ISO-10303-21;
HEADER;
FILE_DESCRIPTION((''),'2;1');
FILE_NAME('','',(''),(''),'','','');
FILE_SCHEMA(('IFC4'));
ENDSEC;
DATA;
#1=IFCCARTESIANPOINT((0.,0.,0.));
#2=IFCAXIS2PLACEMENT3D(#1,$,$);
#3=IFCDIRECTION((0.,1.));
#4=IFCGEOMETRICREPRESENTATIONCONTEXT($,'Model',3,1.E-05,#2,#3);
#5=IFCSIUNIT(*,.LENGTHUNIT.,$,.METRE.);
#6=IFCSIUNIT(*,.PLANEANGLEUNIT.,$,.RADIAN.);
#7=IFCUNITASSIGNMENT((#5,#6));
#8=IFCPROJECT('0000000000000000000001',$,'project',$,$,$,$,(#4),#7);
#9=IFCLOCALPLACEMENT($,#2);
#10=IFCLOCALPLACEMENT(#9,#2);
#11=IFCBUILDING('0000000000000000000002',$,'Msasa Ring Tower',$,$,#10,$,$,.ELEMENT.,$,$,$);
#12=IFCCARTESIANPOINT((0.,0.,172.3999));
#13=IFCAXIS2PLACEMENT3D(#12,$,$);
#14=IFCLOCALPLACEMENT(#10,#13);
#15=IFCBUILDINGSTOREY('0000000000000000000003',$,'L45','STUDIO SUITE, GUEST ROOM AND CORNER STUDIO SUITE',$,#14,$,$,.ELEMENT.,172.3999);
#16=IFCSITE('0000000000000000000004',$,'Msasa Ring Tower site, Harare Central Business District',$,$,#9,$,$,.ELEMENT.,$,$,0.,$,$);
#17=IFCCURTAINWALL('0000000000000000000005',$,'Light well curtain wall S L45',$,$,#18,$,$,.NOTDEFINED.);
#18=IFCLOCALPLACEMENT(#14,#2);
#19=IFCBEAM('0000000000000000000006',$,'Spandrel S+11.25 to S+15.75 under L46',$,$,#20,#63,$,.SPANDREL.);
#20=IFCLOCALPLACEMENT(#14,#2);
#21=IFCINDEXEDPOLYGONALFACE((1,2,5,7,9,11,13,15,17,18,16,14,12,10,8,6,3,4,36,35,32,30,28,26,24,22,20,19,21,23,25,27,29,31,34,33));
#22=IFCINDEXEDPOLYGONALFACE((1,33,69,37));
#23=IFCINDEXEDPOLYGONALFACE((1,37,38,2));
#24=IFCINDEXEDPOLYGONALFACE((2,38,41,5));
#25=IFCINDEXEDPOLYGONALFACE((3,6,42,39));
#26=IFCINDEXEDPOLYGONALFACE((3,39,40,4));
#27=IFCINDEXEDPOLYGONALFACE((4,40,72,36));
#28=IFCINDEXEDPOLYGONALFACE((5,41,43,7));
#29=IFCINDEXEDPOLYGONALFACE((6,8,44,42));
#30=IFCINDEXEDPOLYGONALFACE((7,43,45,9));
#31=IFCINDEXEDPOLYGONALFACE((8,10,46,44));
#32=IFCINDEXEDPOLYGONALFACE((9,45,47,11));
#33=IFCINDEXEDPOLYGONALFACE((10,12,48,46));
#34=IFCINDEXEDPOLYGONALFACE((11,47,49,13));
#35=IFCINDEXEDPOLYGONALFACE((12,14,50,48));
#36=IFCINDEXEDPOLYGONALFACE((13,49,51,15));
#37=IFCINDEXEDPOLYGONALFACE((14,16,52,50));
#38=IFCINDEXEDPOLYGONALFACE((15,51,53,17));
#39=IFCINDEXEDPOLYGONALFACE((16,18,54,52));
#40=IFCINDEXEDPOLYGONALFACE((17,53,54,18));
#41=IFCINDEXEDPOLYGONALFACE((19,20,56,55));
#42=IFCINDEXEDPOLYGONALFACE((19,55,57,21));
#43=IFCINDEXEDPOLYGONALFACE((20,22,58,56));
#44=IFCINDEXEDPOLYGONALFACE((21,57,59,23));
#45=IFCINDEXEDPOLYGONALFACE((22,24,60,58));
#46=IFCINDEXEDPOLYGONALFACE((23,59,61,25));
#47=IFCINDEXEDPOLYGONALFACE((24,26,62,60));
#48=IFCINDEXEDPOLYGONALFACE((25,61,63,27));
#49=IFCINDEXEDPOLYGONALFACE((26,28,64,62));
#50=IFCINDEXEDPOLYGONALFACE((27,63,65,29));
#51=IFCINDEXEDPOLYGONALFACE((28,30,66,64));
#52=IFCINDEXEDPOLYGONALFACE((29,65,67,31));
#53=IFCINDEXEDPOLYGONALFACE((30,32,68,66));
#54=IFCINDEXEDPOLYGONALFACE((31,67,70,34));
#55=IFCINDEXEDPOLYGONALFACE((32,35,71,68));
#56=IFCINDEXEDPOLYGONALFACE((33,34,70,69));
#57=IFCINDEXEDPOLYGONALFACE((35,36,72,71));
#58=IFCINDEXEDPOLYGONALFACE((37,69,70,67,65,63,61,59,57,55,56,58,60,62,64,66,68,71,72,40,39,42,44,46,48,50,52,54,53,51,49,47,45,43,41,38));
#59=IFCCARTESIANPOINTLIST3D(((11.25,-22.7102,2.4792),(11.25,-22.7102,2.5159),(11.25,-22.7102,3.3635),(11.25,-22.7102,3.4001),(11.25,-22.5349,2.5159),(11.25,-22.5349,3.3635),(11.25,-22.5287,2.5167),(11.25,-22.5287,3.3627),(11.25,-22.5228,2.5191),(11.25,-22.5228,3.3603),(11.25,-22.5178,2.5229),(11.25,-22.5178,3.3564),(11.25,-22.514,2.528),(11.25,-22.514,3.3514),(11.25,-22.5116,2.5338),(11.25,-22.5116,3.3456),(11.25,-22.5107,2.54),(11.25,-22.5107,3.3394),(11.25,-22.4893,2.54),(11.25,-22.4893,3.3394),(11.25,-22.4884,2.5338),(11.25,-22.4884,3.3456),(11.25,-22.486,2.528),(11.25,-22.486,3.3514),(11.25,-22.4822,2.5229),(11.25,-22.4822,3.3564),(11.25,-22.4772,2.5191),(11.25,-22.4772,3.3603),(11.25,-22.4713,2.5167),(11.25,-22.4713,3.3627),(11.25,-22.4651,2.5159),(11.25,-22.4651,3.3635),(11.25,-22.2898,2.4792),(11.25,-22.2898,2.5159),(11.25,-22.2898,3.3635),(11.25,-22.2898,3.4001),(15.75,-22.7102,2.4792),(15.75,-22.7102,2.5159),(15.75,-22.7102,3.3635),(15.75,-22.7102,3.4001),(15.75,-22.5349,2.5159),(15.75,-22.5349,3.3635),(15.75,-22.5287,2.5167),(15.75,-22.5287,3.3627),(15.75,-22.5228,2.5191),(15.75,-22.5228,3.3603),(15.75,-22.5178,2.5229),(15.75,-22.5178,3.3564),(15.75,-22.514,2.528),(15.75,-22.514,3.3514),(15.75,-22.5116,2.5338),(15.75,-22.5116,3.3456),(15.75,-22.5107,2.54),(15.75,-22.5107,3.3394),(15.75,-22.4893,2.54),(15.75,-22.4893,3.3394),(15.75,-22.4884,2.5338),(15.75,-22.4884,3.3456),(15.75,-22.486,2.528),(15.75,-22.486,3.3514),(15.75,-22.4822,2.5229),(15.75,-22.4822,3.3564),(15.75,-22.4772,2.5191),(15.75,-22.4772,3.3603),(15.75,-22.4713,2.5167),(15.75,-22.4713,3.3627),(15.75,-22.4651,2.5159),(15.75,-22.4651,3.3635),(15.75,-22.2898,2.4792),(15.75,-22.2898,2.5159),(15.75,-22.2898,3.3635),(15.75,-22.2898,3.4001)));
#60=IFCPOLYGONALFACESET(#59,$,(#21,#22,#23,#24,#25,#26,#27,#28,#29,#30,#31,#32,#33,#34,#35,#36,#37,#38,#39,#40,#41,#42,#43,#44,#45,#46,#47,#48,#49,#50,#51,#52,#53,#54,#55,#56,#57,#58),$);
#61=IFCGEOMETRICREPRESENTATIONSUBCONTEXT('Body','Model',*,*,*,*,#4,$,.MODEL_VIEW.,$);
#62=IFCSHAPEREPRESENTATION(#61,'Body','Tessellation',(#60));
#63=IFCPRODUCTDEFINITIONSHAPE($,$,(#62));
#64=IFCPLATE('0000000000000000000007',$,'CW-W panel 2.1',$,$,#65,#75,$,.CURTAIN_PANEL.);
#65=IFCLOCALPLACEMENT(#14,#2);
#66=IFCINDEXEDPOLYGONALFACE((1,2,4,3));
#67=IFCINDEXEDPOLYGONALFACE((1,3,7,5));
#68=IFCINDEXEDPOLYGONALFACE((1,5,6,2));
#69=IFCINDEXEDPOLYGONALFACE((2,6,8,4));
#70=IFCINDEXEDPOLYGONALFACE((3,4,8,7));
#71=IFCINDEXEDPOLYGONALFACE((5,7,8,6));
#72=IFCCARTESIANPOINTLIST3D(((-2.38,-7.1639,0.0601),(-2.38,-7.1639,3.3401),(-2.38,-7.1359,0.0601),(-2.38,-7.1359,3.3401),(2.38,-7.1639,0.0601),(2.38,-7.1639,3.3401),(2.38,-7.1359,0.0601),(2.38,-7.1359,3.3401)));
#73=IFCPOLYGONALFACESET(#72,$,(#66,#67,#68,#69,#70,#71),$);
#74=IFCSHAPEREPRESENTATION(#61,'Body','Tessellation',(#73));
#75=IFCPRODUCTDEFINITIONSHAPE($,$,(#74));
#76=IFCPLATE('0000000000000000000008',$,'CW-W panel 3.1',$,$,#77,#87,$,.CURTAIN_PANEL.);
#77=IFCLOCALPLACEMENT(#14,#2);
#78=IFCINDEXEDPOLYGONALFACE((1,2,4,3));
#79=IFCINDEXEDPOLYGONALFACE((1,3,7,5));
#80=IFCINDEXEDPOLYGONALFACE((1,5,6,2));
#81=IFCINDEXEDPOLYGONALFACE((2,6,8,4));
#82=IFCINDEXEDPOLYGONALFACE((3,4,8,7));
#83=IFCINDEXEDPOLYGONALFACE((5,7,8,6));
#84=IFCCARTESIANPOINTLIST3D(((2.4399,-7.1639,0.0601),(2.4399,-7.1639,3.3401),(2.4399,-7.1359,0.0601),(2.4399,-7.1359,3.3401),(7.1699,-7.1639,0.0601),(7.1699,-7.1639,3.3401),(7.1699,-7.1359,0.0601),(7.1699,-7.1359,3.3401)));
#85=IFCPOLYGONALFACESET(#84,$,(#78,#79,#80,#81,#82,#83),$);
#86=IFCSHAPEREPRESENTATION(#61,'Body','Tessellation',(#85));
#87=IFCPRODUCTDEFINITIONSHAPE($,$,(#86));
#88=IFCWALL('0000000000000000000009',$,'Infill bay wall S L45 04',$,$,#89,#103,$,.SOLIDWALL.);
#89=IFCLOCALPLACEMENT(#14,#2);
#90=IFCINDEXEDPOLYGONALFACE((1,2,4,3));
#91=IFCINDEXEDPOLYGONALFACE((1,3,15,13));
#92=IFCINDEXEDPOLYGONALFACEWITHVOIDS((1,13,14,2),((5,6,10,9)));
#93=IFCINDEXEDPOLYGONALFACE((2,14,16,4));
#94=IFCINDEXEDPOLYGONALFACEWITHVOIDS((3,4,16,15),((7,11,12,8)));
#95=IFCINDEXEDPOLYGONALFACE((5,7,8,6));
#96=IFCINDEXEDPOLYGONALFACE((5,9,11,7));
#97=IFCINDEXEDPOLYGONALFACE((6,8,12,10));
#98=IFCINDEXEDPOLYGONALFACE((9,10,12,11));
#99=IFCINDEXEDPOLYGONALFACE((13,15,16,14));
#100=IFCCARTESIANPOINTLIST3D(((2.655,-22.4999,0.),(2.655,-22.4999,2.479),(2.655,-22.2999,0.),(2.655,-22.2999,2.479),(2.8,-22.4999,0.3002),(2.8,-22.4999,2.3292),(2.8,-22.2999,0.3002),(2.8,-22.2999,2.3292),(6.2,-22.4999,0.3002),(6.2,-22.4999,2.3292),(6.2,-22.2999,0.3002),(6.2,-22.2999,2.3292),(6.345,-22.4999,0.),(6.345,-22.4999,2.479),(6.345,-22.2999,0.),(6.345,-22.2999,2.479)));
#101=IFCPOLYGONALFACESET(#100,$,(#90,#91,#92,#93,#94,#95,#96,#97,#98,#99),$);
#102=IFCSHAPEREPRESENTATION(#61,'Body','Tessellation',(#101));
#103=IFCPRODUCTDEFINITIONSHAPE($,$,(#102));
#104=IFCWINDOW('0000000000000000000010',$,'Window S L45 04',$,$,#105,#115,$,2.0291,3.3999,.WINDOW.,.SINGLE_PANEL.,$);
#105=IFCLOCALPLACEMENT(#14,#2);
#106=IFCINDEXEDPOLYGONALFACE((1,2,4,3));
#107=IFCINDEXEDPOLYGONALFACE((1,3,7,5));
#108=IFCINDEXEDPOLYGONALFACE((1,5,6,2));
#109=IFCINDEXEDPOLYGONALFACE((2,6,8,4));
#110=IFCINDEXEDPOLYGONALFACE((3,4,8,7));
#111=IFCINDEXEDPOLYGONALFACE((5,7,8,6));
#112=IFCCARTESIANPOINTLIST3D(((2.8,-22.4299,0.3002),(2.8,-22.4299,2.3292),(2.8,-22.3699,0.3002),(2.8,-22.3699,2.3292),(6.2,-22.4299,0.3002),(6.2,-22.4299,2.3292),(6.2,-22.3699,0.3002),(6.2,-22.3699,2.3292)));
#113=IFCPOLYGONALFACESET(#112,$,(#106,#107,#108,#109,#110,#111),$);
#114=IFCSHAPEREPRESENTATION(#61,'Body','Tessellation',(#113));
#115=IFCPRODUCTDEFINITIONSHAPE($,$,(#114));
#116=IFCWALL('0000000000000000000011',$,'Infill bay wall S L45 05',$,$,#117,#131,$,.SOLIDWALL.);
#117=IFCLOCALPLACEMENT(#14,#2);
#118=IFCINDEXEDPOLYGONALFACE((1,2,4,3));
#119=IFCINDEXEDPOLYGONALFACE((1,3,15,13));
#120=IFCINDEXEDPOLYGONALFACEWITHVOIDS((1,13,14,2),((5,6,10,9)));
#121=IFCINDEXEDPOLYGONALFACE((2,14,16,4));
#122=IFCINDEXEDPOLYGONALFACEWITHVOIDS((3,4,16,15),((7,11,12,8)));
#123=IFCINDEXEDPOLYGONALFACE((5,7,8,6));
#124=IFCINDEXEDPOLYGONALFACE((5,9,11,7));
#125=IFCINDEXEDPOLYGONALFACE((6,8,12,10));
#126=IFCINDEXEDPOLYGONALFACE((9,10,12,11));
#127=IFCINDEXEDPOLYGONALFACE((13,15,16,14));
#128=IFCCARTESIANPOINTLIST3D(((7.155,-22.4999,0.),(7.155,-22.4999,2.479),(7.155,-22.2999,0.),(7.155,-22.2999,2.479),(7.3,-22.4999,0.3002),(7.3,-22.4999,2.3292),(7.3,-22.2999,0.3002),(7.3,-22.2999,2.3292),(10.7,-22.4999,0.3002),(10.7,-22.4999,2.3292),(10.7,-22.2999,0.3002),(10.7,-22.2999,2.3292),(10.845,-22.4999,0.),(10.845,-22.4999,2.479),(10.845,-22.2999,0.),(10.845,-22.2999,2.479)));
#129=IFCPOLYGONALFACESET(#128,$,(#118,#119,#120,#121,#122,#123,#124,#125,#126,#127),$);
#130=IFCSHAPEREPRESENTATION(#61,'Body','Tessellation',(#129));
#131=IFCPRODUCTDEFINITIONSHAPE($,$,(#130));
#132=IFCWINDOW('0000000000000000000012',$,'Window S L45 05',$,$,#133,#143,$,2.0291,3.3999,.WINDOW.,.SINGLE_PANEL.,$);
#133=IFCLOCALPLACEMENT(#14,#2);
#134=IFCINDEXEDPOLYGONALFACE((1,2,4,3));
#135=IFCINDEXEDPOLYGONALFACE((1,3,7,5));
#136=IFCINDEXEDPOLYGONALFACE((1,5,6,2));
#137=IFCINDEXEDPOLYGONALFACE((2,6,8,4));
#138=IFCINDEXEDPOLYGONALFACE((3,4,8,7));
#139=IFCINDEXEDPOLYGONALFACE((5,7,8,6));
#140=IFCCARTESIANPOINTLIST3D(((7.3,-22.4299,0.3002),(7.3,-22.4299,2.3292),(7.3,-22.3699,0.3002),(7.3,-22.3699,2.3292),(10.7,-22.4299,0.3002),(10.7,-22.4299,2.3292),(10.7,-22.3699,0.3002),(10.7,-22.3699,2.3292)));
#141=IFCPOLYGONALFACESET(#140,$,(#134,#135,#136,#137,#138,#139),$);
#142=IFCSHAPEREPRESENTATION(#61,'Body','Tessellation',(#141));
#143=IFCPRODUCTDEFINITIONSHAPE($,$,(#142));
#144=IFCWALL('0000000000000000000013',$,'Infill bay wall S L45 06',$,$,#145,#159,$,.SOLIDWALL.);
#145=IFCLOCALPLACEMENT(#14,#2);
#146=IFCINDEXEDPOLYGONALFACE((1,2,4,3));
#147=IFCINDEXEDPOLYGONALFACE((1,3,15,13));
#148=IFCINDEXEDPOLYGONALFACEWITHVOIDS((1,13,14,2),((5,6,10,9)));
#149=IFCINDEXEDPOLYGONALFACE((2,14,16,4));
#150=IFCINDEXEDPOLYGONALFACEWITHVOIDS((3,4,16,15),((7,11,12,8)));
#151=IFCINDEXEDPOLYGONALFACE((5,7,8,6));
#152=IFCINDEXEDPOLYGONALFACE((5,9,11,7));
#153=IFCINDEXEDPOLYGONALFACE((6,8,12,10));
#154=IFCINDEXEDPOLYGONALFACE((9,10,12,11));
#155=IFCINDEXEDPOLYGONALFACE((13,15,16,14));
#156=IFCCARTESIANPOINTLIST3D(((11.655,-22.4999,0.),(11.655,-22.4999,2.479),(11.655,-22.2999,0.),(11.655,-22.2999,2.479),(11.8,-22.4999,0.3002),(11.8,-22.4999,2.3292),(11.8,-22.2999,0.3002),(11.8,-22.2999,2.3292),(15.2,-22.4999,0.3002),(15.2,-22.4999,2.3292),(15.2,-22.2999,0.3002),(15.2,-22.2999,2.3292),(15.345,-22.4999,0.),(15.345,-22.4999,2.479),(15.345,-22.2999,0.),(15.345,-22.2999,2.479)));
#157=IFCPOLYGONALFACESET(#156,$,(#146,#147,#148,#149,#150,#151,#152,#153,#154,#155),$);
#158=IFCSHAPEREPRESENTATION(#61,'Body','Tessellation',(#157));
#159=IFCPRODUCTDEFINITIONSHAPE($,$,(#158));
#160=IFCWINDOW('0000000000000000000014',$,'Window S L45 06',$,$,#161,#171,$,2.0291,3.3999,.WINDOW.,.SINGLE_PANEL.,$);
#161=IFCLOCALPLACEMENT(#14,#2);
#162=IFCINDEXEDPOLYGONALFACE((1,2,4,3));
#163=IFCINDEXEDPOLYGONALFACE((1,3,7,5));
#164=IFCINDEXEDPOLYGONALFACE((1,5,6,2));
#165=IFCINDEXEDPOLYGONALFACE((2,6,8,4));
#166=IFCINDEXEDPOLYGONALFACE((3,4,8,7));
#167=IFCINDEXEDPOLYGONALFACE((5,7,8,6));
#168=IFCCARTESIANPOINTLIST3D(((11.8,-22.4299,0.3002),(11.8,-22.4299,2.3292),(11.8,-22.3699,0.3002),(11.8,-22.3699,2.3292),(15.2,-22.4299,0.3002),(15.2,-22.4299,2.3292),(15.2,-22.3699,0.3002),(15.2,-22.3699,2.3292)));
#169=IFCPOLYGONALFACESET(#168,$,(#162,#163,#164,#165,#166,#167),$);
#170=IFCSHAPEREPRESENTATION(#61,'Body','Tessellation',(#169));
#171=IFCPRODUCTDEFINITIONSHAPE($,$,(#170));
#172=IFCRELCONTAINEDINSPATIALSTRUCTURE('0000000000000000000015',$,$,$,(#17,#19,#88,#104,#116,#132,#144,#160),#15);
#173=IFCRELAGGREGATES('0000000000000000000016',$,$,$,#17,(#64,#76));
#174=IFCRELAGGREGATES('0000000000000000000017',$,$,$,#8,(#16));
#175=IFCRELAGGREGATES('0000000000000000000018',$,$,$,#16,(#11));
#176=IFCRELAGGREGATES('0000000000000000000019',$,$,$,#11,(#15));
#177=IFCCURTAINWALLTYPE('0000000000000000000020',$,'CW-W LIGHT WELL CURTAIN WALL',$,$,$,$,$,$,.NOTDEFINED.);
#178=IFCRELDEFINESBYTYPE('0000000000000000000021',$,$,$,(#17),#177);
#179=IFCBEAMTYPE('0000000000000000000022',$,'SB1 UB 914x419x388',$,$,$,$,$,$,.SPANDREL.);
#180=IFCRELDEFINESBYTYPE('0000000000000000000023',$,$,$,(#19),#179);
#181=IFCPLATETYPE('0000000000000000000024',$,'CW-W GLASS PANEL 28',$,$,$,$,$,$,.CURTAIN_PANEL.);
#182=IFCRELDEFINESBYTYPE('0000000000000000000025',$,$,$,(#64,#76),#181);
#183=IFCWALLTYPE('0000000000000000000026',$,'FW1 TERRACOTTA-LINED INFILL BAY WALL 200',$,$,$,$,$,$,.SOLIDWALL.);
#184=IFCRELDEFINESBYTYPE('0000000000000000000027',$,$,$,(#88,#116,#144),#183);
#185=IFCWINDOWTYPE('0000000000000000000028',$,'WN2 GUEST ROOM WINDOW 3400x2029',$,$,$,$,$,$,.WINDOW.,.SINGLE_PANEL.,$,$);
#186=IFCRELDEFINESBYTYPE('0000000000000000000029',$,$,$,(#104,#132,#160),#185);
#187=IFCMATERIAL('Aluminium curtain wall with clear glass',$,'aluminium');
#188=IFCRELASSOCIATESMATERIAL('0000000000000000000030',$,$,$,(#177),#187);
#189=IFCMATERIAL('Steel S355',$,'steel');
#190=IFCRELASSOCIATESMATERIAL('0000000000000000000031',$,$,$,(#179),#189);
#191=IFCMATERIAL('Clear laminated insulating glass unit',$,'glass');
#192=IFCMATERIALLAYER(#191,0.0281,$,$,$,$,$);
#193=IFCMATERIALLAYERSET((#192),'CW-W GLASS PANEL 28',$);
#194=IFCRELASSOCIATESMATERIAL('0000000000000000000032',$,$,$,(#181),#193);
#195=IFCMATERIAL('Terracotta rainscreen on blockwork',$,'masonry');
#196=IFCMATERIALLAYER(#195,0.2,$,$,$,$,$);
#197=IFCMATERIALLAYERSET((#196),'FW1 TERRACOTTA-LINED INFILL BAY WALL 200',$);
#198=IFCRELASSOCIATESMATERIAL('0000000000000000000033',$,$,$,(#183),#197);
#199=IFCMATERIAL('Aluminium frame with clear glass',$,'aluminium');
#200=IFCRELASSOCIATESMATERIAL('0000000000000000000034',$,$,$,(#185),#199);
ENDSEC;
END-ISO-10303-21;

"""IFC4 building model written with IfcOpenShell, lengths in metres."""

from ifc_helpers import new_model, si_unit, direction, frame, frame_2d, origin, origin_2d, place, context, subcontext, project, spatial, rectangle, i_section, extrude, material, layer, layer_set, material_profile, profile_set, type_object, element, fill, aggregate, save


model = new_model("IFC4")

# Units and contexts
model_context = context("Model", 3, precision=1e-05, world=origin(), true_north=direction((0.0, 1.0)))
body_context = subcontext(model_context, "Body", "Model", "MODEL_VIEW")
ifc_project = project(units=[si_unit("LENGTHUNIT", "METRE"), si_unit("PLANEANGLEUNIT", "RADIAN")], contexts=[model_context])

# Site, building, storey
site_placement = place(None, origin())
site = spatial("IfcSite", under=ifc_project, at=site_placement, Name="Msasa Ring Tower site, Harare Central Business District", CompositionType="ELEMENT", RefElevation=0.0)
building_placement = place(site_placement, origin())
building = spatial("IfcBuilding", under=site, at=building_placement, Name="Msasa Ring Tower", CompositionType="ELEMENT")
storey_placement = place(building_placement, frame((0.0, 0.0, 172.3999)))
storey = spatial("IfcBuildingStorey", under=building, at=storey_placement, Name="L45", Description="STUDIO SUITE, GUEST ROOM AND CORNER STUDIO SUITE", CompositionType="ELEMENT", Elevation=172.3999)

# Curtain wall
ifc_material_1 = material(Name="Aluminium curtain wall with clear glass", Category="aluminium")
curtain_wall_type = type_object("IfcCurtainWallType", Name="CW-W LIGHT WELL CURTAIN WALL", PredefinedType="NOTDEFINED", material=ifc_material_1)
curtain_wall_1_placement = place(storey_placement, origin())
curtain_wall_1 = element("IfcCurtainWall", 1, at=curtain_wall_1_placement, inside=storey, type_object=curtain_wall_type, Name="Light well curtain wall S L45", PredefinedType="NOTDEFINED")

# Beam
ifc_material_2 = material(Name="Steel S355", Category="steel")
ifc_material_profile_1 = material_profile(ifc_material_2, i_section(OverallWidth=0.4204, OverallDepth=0.9209, WebThickness=0.0215, FlangeThickness=0.0366, FilletRadius=0.0242, at=origin_2d()), Name="UB 914x419x388")
ifc_profile_set_1 = profile_set([ifc_material_profile_1], Name="Steel S355")
beam_type_1 = type_object("IfcBeamType", Name="SB1 UB 914x419x388", PredefinedType="SPANDREL", material=ifc_profile_set_1)
for number, where, z_axis, x_axis, name in (
    (2, (11.25, -22.5, 2.9397), (1.0, 0.0, 0.0), (0.0, 1.0, 0.0), "Spandrel S+11.25 to S+15.75 under L46"),
):
    element("IfcBeam", number, at=place(storey_placement, frame(where, z_axis=z_axis, x_axis=x_axis)), inside=storey, type_object=beam_type_1, Name=name, PredefinedType="SPANDREL", context=body_context, shape_type="SweptSolid", body=[
        extrude(i_section(OverallWidth=0.4204, OverallDepth=0.9209, WebThickness=0.0215, FlangeThickness=0.0366, FilletRadius=0.0242, at=origin_2d()), origin(), (0.0, 0.0, 1.0), 4.5),
    ])

# Plates
ifc_material_3 = material(Name="Clear laminated insulating glass unit", Category="glass")
ifc_layer_1 = layer(ifc_material_3, 0.0281)
ifc_layer_set_1 = layer_set([ifc_layer_1], Name="CW-W GLASS PANEL 28")
plate_type = type_object("IfcPlateType", Name="CW-W GLASS PANEL 28", PredefinedType="CURTAIN_PANEL", material=ifc_layer_set_1)
plate_1_placement = place(storey_placement, frame((0.0, -7.1499, 0.0601), z_axis=(0.0, 0.0, 1.0), x_axis=(1.0, 0.0, 0.0)))
plate_1 = element("IfcPlate", 3, at=plate_1_placement, type_object=plate_type, Name="CW-W panel 2.1", PredefinedType="CURTAIN_PANEL", context=body_context, shape_type="SweptSolid", body=[
    extrude(rectangle(XDim=4.76, YDim=0.0281, at=origin_2d()), origin(), (0.0, 0.0, 1.0), 3.28),
])
plate_2_placement = place(storey_placement, frame((4.8049, -7.1499, 0.0601), z_axis=(0.0, 0.0, 1.0), x_axis=(1.0, 0.0, 0.0)))
plate_2 = element("IfcPlate", 4, at=plate_2_placement, type_object=plate_type, Name="CW-W panel 3.1", PredefinedType="CURTAIN_PANEL", context=body_context, shape_type="SweptSolid", body=[
    extrude(rectangle(XDim=4.73, YDim=0.0281, at=origin_2d()), origin(), (0.0, 0.0, 1.0), 3.28),
])
aggregate(curtain_wall_1, [plate_1, plate_2])

# Walls, openings, windows
ifc_material_4 = material(Name="Terracotta rainscreen on blockwork", Category="masonry")
ifc_layer_2 = layer(ifc_material_4, 0.2)
ifc_layer_set_2 = layer_set([ifc_layer_2], Name="FW1 TERRACOTTA-LINED INFILL BAY WALL 200")
wall_type_1 = type_object("IfcWallType", Name="FW1 TERRACOTTA-LINED INFILL BAY WALL 200", PredefinedType="SOLIDWALL", material=ifc_layer_set_2)
wall_1_placement = place(storey_placement, frame((2.655, -22.3999, 0.0), z_axis=(0.0, 0.0, 1.0), x_axis=(1.0, 0.0, 0.0)))
wall_1 = element("IfcWall", 5, at=wall_1_placement, inside=storey, type_object=wall_type_1, Name="Infill bay wall S L45 04", PredefinedType="SOLIDWALL", context=body_context, shape_type="SweptSolid", body=[
    extrude(rectangle(XDim=3.6899, YDim=0.2, at=frame_2d((1.845, 0.0))), origin(), (0.0, 0.0, 1.0), 2.479),
])
opening_1_placement = place(wall_1_placement, frame((0.145, 0.0, 0.3)))
opening_1 = element("IfcOpeningElement", 6, at=opening_1_placement, cuts=wall_1, PredefinedType="OPENING", context=body_context, shape_type="SweptSolid", body=[
    extrude(rectangle(XDim=3.3999, YDim=2.0291, at=frame_2d((1.7, 1.0146))), frame((0.0, 0.1099, 0.0), z_axis=(0.0, -1.0, 0.0), x_axis=(1.0, 0.0, 0.0)), (0.0, 0.0, 1.0), 0.22),
])
ifc_material_5 = material(Name="Aluminium frame with clear glass", Category="aluminium")
window_type = type_object("IfcWindowType", Name="WN2 GUEST ROOM WINDOW 3400x2029", PartitioningType="SINGLE_PANEL", PredefinedType="WINDOW", material=ifc_material_5)
window_1_placement = place(opening_1_placement, origin())
window_1 = element("IfcWindow", 7, at=window_1_placement, inside=storey, type_object=window_type, Name="Window S L45 04", OverallHeight=2.0291, OverallWidth=3.3999, PartitioningType="SINGLE_PANEL", PredefinedType="WINDOW", context=body_context, shape_type="SweptSolid", body=[
    extrude(rectangle(XDim=3.3999, YDim=2.0291, at=frame_2d((1.7, 1.0146))), frame((0.0, 0.03, 0.0), z_axis=(0.0, -1.0, 0.0), x_axis=(1.0, 0.0, 0.0)), (0.0, 0.0, 1.0), 0.0601),
])
fill(opening_1, window_1)
wall_2_placement = place(storey_placement, frame((7.155, -22.3999, 0.0), z_axis=(0.0, 0.0, 1.0), x_axis=(1.0, 0.0, 0.0)))
wall_2 = element("IfcWall", 8, at=wall_2_placement, inside=storey, type_object=wall_type_1, Name="Infill bay wall S L45 05", PredefinedType="SOLIDWALL", context=body_context, shape_type="SweptSolid", body=[
    extrude(rectangle(XDim=3.6899, YDim=0.2, at=frame_2d((1.845, 0.0))), origin(), (0.0, 0.0, 1.0), 2.479),
])
opening_2_placement = place(wall_2_placement, frame((0.145, 0.0, 0.3)))
opening_2 = element("IfcOpeningElement", 9, at=opening_2_placement, cuts=wall_2, PredefinedType="OPENING", context=body_context, shape_type="SweptSolid", body=[
    extrude(rectangle(XDim=3.3999, YDim=2.0291, at=frame_2d((1.7, 1.0146))), frame((0.0, 0.1099, 0.0), z_axis=(0.0, -1.0, 0.0), x_axis=(1.0, 0.0, 0.0)), (0.0, 0.0, 1.0), 0.22),
])
window_2_placement = place(opening_2_placement, origin())
window_2 = element("IfcWindow", 10, at=window_2_placement, inside=storey, type_object=window_type, Name="Window S L45 05", OverallHeight=2.0291, OverallWidth=3.3999, PartitioningType="SINGLE_PANEL", PredefinedType="WINDOW", context=body_context, shape_type="SweptSolid", body=[
    extrude(rectangle(XDim=3.3999, YDim=2.0291, at=frame_2d((1.7, 1.0146))), frame((0.0, 0.03, 0.0), z_axis=(0.0, -1.0, 0.0), x_axis=(1.0, 0.0, 0.0)), (0.0, 0.0, 1.0), 0.0601),
])
fill(opening_2, window_2)
wall_3_placement = place(storey_placement, frame((11.655, -22.3999, 0.0), z_axis=(0.0, 0.0, 1.0), x_axis=(1.0, 0.0, 0.0)))
wall_3 = element("IfcWall", 11, at=wall_3_placement, inside=storey, type_object=wall_type_1, Name="Infill bay wall S L45 06", PredefinedType="SOLIDWALL", context=body_context, shape_type="SweptSolid", body=[
    extrude(rectangle(XDim=3.6899, YDim=0.2, at=frame_2d((1.845, 0.0))), origin(), (0.0, 0.0, 1.0), 2.479),
])
opening_3_placement = place(wall_3_placement, frame((0.145, 0.0, 0.3)))
opening_3 = element("IfcOpeningElement", 12, at=opening_3_placement, cuts=wall_3, PredefinedType="OPENING", context=body_context, shape_type="SweptSolid", body=[
    extrude(rectangle(XDim=3.3999, YDim=2.0291, at=frame_2d((1.7, 1.0146))), frame((0.0, 0.1099, 0.0), z_axis=(0.0, -1.0, 0.0), x_axis=(1.0, 0.0, 0.0)), (0.0, 0.0, 1.0), 0.22),
])
window_3_placement = place(opening_3_placement, origin())
window_3 = element("IfcWindow", 13, at=window_3_placement, inside=storey, type_object=window_type, Name="Window S L45 06", OverallHeight=2.0291, OverallWidth=3.3999, PartitioningType="SINGLE_PANEL", PredefinedType="WINDOW", context=body_context, shape_type="SweptSolid", body=[
    extrude(rectangle(XDim=3.3999, YDim=2.0291, at=frame_2d((1.7, 1.0146))), frame((0.0, 0.03, 0.0), z_axis=(0.0, -1.0, 0.0), x_axis=(1.0, 0.0, 0.0)), (0.0, 0.0, 1.0), 0.0601),
])
fill(opening_3, window_3)

save(model, "model.ifc")
